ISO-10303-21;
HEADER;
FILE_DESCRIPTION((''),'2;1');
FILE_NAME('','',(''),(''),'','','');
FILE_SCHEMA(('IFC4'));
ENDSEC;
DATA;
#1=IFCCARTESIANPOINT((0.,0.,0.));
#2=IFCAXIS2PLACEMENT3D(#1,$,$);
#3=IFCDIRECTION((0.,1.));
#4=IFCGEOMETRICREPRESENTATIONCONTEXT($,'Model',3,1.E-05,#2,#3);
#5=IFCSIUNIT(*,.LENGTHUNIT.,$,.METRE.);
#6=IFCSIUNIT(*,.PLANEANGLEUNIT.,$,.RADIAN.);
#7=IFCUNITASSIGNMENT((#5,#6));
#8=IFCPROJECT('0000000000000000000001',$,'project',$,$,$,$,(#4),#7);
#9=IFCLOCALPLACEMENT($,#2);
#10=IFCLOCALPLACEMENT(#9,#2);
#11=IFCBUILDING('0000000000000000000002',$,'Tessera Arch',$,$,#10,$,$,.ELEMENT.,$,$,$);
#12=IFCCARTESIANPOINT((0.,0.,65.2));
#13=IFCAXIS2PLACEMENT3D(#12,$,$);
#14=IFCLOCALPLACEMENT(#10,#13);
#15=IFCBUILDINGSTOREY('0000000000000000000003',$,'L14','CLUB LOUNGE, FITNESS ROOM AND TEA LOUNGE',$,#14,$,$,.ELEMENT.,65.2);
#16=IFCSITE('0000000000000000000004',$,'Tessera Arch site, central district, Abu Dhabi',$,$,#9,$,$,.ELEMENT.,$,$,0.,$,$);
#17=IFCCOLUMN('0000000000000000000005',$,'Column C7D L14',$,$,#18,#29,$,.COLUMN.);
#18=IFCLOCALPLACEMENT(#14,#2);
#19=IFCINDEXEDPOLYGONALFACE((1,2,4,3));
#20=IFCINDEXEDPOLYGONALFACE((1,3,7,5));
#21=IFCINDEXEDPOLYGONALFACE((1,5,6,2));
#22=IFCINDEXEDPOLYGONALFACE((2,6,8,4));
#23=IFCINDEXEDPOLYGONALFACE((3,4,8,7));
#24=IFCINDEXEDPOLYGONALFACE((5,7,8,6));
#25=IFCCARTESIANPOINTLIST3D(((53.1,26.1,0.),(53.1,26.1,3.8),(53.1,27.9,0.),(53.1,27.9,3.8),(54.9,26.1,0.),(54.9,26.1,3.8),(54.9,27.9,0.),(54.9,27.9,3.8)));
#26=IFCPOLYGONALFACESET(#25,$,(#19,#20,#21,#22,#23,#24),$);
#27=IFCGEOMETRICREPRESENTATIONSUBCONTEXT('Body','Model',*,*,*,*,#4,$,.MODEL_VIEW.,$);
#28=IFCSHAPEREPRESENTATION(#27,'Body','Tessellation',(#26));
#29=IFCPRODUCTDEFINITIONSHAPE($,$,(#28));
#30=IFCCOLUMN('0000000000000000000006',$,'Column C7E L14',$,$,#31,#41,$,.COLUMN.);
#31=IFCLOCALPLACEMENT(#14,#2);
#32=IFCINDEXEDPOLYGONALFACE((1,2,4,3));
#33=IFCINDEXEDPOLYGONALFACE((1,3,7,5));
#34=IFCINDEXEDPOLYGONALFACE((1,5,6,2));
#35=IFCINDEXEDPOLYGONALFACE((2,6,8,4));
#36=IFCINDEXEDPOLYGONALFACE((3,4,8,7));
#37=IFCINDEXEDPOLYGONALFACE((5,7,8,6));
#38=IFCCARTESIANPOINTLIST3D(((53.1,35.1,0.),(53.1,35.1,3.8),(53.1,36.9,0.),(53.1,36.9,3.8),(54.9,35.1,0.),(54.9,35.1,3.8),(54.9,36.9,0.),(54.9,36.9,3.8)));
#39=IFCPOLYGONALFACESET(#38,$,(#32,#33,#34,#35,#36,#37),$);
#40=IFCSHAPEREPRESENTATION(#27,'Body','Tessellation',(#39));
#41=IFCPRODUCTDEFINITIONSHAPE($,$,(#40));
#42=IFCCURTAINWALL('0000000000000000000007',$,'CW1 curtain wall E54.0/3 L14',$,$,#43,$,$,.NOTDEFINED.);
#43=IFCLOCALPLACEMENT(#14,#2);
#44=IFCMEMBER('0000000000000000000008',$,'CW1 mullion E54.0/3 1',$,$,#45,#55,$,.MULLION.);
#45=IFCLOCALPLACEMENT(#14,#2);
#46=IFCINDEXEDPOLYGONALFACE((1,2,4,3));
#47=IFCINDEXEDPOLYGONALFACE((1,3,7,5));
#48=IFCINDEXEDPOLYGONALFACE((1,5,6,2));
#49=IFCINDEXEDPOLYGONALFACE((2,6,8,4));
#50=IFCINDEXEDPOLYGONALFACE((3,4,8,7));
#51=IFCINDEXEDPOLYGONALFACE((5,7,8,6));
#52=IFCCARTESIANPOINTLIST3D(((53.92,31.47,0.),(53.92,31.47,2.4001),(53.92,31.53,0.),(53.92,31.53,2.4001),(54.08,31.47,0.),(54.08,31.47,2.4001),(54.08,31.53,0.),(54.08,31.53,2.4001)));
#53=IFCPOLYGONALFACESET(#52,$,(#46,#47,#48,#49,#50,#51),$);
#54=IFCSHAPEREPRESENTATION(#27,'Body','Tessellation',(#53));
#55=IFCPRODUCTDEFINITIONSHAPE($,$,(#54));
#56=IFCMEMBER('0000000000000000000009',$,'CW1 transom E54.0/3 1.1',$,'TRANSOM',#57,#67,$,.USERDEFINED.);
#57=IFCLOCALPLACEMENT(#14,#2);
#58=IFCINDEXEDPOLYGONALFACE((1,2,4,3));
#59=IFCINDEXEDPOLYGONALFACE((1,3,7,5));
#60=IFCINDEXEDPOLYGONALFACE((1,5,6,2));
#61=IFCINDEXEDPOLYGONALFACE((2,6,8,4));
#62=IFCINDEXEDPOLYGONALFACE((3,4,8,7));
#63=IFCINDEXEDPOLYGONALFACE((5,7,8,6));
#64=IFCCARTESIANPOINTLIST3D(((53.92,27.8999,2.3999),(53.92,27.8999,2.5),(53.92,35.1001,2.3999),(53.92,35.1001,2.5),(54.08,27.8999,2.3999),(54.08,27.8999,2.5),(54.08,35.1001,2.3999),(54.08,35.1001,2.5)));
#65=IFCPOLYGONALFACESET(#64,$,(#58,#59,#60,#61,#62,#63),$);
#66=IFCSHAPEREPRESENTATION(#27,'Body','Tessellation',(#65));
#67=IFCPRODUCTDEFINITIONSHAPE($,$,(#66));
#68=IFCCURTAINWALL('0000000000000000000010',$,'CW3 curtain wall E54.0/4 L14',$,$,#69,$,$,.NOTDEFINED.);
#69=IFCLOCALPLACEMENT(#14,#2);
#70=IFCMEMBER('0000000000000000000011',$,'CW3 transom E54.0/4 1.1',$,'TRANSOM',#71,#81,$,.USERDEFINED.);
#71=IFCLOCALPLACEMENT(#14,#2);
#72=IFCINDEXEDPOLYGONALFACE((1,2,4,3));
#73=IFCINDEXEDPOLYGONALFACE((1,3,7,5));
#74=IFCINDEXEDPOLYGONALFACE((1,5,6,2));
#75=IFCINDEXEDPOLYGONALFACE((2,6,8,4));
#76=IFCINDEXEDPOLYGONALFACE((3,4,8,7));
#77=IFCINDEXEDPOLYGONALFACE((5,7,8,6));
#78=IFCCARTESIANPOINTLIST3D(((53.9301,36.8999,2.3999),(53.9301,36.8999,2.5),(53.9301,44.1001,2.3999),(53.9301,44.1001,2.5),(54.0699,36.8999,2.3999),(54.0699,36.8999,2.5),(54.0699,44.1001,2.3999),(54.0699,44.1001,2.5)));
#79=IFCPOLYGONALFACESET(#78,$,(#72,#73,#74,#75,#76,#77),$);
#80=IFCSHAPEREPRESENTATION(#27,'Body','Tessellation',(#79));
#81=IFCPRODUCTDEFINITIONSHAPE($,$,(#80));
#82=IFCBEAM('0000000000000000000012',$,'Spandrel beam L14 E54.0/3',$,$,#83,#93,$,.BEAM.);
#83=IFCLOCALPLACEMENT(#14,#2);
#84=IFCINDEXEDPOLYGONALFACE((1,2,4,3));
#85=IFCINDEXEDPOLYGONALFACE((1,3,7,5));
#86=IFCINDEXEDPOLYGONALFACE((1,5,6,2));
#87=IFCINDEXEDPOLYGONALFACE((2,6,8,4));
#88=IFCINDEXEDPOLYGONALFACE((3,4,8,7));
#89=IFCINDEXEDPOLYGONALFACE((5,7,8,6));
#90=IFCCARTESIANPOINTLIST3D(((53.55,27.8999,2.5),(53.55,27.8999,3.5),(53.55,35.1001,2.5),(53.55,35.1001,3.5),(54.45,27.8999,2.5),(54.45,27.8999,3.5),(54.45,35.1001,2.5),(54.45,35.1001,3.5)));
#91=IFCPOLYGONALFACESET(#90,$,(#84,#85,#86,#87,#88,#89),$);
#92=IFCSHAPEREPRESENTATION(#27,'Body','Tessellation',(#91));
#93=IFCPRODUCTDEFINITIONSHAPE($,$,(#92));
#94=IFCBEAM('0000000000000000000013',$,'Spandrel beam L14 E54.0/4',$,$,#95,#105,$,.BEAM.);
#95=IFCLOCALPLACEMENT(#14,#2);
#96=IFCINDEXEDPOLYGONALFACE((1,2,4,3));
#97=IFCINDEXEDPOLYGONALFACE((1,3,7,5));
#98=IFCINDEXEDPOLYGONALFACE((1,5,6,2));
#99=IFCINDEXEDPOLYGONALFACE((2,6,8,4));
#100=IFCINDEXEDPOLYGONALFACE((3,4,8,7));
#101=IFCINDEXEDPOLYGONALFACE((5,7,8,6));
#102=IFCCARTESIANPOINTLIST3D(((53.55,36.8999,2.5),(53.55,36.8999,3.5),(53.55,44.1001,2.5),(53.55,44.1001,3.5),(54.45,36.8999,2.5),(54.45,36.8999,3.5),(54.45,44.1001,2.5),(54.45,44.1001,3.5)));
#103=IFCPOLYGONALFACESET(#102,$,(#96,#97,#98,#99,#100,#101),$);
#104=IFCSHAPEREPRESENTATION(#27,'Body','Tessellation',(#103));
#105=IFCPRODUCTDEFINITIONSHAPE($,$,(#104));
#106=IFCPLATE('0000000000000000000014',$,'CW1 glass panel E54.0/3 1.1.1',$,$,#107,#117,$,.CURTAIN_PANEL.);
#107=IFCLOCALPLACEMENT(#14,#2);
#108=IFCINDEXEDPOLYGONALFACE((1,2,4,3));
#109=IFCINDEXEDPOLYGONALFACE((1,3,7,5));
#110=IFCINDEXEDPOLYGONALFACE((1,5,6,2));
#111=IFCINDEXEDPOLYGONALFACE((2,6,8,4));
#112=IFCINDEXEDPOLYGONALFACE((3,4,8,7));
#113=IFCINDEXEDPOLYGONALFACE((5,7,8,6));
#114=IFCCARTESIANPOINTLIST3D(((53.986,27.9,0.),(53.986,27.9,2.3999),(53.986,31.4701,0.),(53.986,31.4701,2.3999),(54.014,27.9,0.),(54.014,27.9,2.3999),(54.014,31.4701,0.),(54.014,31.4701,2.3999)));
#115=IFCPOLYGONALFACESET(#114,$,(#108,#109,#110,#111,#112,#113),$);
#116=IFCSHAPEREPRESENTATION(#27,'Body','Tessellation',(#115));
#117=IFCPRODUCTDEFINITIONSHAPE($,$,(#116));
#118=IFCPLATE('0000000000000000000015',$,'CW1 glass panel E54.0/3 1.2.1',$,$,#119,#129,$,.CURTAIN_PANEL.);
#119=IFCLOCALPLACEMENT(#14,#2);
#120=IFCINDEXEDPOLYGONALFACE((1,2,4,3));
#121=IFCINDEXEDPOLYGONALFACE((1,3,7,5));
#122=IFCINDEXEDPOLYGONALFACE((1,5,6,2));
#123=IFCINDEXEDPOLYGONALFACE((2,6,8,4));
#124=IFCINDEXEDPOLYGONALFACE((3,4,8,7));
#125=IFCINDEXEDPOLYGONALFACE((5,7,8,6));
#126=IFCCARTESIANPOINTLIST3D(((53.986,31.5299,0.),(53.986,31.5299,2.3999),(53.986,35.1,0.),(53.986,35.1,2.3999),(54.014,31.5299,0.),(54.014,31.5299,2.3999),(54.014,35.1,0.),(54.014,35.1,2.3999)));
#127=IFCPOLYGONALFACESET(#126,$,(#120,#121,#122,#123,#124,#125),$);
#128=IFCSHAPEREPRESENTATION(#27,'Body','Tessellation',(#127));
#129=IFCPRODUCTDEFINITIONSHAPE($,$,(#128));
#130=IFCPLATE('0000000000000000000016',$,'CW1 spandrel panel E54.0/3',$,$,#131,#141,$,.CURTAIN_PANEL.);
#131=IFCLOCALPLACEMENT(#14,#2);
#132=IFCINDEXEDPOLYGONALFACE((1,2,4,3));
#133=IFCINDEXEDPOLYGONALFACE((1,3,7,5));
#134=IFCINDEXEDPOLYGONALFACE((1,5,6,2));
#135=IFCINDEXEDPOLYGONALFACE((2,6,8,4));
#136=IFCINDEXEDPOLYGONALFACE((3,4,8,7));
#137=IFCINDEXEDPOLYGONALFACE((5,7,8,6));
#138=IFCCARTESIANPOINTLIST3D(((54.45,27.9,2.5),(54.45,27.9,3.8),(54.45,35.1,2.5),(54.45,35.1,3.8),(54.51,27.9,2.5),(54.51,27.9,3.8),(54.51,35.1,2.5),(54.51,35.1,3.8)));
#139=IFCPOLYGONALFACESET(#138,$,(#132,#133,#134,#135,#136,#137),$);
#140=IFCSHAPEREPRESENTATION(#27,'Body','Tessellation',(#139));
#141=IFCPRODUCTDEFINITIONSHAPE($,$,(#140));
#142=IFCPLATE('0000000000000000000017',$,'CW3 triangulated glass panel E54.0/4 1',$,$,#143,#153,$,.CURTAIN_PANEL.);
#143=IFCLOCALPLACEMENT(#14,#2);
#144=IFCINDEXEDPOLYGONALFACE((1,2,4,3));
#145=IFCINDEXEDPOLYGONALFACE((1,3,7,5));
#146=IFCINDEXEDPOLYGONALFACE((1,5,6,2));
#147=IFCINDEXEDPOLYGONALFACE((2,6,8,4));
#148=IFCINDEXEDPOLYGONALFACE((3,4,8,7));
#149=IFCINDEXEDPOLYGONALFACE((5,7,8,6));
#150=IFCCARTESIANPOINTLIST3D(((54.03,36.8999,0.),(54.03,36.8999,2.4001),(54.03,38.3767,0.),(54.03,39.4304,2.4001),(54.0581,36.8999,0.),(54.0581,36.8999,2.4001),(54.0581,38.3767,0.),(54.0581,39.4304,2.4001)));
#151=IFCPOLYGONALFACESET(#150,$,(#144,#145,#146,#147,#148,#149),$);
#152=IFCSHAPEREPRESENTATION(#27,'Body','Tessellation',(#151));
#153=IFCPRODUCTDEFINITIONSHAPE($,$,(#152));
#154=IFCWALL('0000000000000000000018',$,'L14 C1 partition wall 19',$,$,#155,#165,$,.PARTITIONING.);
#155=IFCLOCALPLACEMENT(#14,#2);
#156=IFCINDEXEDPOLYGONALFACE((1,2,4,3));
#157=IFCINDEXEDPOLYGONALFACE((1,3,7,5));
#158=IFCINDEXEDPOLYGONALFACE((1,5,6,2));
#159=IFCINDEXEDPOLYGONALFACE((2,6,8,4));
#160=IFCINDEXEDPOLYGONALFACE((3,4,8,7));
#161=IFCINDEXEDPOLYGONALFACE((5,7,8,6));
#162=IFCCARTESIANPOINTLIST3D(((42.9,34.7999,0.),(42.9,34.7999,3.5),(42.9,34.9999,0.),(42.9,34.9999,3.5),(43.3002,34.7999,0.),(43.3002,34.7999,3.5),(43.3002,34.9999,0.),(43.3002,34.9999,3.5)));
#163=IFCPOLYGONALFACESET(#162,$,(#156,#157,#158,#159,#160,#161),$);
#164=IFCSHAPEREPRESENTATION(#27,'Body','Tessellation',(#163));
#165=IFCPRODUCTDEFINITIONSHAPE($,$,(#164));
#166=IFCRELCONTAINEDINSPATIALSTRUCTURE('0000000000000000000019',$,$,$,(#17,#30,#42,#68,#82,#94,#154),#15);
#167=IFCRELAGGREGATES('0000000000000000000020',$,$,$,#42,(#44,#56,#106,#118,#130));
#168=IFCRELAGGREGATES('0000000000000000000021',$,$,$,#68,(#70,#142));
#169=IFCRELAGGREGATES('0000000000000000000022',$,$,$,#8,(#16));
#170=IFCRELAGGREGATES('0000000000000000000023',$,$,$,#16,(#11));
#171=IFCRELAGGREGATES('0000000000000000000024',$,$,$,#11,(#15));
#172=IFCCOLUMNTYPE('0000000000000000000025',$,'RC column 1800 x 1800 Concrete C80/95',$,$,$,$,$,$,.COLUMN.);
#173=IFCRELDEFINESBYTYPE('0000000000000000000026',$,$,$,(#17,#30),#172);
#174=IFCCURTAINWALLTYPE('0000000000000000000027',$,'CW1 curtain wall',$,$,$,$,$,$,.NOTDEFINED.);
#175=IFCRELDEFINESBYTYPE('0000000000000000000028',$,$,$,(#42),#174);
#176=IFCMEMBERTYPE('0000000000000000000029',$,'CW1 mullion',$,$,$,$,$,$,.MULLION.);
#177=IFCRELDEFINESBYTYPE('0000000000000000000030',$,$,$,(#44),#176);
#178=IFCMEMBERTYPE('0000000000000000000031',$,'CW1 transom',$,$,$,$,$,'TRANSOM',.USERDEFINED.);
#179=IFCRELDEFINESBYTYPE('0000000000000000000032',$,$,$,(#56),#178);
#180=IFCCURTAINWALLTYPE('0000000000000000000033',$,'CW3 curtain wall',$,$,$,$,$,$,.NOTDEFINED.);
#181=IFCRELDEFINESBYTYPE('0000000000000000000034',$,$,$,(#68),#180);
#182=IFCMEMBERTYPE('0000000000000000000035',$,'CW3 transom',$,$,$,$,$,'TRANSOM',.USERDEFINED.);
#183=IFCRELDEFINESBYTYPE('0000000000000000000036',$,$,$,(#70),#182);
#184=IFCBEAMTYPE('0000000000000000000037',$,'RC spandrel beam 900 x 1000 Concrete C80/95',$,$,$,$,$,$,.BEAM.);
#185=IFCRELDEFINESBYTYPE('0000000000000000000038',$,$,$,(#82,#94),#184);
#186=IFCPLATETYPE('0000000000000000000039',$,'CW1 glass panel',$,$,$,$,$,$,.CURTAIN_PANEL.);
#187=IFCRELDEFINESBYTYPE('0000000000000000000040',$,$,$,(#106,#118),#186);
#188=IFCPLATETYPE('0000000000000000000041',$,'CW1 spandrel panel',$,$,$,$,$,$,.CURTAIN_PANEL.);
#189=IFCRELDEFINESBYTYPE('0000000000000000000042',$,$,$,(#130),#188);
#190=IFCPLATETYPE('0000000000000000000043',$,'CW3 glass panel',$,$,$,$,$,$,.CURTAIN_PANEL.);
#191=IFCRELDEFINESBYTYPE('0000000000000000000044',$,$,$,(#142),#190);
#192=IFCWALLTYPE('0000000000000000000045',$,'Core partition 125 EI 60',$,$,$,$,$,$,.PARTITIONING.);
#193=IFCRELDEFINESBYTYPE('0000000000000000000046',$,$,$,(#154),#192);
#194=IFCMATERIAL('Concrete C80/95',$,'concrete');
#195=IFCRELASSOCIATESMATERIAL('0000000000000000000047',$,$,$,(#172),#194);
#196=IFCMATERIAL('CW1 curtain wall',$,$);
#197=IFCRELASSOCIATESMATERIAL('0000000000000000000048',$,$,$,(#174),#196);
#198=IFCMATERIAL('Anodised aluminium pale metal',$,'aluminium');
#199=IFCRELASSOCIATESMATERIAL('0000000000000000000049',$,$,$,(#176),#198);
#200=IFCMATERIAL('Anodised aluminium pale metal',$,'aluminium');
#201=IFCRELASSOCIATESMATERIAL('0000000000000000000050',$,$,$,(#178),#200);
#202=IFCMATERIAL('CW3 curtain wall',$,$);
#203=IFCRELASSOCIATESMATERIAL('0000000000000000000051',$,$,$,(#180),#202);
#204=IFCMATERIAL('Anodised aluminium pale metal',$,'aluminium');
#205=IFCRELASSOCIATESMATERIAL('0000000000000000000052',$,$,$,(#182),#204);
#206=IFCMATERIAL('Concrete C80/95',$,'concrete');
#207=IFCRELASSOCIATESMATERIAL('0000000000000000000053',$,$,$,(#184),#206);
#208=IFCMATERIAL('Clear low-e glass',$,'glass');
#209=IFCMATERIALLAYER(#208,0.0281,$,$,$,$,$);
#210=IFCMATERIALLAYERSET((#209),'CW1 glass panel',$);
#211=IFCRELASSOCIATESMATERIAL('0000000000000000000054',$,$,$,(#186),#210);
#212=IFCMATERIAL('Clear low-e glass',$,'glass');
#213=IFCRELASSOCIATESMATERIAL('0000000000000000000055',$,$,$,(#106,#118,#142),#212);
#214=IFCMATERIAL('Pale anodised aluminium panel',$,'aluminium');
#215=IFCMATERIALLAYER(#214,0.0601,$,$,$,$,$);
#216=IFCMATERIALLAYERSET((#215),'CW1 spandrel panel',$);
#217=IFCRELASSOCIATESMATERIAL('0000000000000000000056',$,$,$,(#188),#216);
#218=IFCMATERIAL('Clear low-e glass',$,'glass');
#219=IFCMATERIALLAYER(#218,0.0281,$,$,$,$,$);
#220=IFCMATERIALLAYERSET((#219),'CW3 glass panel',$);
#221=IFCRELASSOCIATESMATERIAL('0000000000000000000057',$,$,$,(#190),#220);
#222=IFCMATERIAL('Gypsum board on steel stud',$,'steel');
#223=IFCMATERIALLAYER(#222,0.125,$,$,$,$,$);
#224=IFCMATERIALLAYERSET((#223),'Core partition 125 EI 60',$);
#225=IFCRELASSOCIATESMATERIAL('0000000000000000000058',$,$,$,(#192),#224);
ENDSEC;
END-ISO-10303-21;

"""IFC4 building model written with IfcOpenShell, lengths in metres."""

from ifc_helpers import new_model, si_unit, direction, frame, frame_2d, origin, origin_2d, place, context, subcontext, project, spatial, polyline, rectangle, outline, extrude, material, layer, layer_set, material_profile, profile_set, type_object, element, aggregate, save


model = new_model("IFC4")

# Units and contexts
model_context = context("Model", 3, precision=1e-05, world=origin(), true_north=direction((0.0, 1.0)))
body_context = subcontext(model_context, "Body", "Model", "MODEL_VIEW")
ifc_project = project(units=[si_unit("LENGTHUNIT", "METRE"), si_unit("PLANEANGLEUNIT", "RADIAN")], contexts=[model_context])

# Site, building, storey
site_placement = place(None, origin())
site = spatial("IfcSite", under=ifc_project, at=site_placement, Name="Tessera Arch site, central district, Abu Dhabi", CompositionType="ELEMENT", RefElevation=0.0)
building_placement = place(site_placement, origin())
building = spatial("IfcBuilding", under=site, at=building_placement, Name="Tessera Arch", CompositionType="ELEMENT")
storey_placement = place(building_placement, frame((0.0, 0.0, 65.2)))
storey = spatial("IfcBuildingStorey", under=building, at=storey_placement, Name="L14", Description="CLUB LOUNGE, FITNESS ROOM AND TEA LOUNGE", CompositionType="ELEMENT", Elevation=65.2)

# Columns
ifc_material_1 = material(Name="Concrete C80/95", Category="concrete")
ifc_material_profile_1 = material_profile(ifc_material_1, rectangle(XDim=1.8, YDim=1.8, at=origin_2d()), Name="RC column 1800 x 1800 Concrete C80/95")
ifc_profile_set_1 = profile_set([ifc_material_profile_1], Name="Concrete C80/95")
column_type = type_object("IfcColumnType", Name="RC column 1800 x 1800 Concrete C80/95", PredefinedType="COLUMN", material=ifc_profile_set_1)
for number, where, z_axis, x_axis, name in (
    (1, (54.0, 27.0, 0.0), (0.0, 0.0, 1.0), (1.0, 0.0, 0.0), "Column C7D L14"),
    (2, (54.0, 36.0, 0.0), (0.0, 0.0, 1.0), (1.0, 0.0, 0.0), "Column C7E L14"),
):
    element("IfcColumn", number, at=place(storey_placement, frame(where, z_axis=z_axis, x_axis=x_axis)), inside=storey, type_object=column_type, Name=name, PredefinedType="COLUMN", context=body_context, shape_type="SweptSolid", body=[
        extrude(rectangle(XDim=1.8, YDim=1.8, at=origin_2d()), origin(), (0.0, 0.0, 1.0), 3.8),
    ])

# Curtain wall, members
ifc_material_2 = material(Name="CW1 curtain wall")
curtain_wall_type_1 = type_object("IfcCurtainWallType", Name="CW1 curtain wall", PredefinedType="NOTDEFINED", material=ifc_material_2)
curtain_wall_1_placement = place(storey_placement, origin())
curtain_wall_1 = element("IfcCurtainWall", 3, at=curtain_wall_1_placement, inside=storey, type_object=curtain_wall_type_1, Name="CW1 curtain wall E54.0/3 L14", PredefinedType="NOTDEFINED")
ifc_material_3 = material(Name="Anodised aluminium pale metal", Category="aluminium")
ifc_material_profile_2 = material_profile(ifc_material_3, rectangle(XDim=0.1599, YDim=0.0601, at=origin_2d()), Name="AL 60x160")
ifc_profile_set_2 = profile_set([ifc_material_profile_2], Name="Anodised aluminium pale metal")
member_type_1 = type_object("IfcMemberType", Name="CW1 mullion", PredefinedType="MULLION", material=ifc_profile_set_2)
member_1_placement = place(storey_placement, frame((54.0, 31.5, 0.0), z_axis=(0.0, 0.0, 1.0), x_axis=(-1.0, 0.0, 0.0)))
member_1 = element("IfcMember", 4, at=member_1_placement, type_object=member_type_1, Name="CW1 mullion E54.0/3 1", PredefinedType="MULLION", context=body_context, shape_type="SweptSolid", body=[
    extrude(rectangle(XDim=0.1599, YDim=0.0601, at=origin_2d()), origin(), (0.0, 0.0, 1.0), 2.4001),
])
ifc_material_4 = material(Name="Anodised aluminium pale metal", Category="aluminium")
ifc_material_profile_3 = material_profile(ifc_material_4, rectangle(XDim=0.1599, YDim=0.1001, at=origin_2d()), Name="AL 160x100")
ifc_profile_set_3 = profile_set([ifc_material_profile_3], Name="Anodised aluminium pale metal")
member_type_2 = type_object("IfcMemberType", Name="CW1 transom", ElementType="TRANSOM", PredefinedType="USERDEFINED", material=ifc_profile_set_3)
member_2_placement = place(storey_placement, frame((54.0, 27.8999, 2.45), z_axis=(0.0, 1.0, 0.0), x_axis=(-1.0, 0.0, 0.0)))
member_2 = element("IfcMember", 5, at=member_2_placement, type_object=member_type_2, Name="CW1 transom E54.0/3 1.1", ObjectType="TRANSOM", PredefinedType="USERDEFINED", context=body_context, shape_type="SweptSolid", body=[
    extrude(rectangle(XDim=0.1599, YDim=0.1001, at=origin_2d()), origin(), (0.0, 0.0, 1.0), 7.2002),
])

# Curtain wall, member
ifc_material_5 = material(Name="CW3 curtain wall")
curtain_wall_type_2 = type_object("IfcCurtainWallType", Name="CW3 curtain wall", PredefinedType="NOTDEFINED", material=ifc_material_5)
curtain_wall_2_placement = place(storey_placement, origin())
curtain_wall_2 = element("IfcCurtainWall", 6, at=curtain_wall_2_placement, inside=storey, type_object=curtain_wall_type_2, Name="CW3 curtain wall E54.0/4 L14", PredefinedType="NOTDEFINED")
ifc_material_6 = material(Name="Anodised aluminium pale metal", Category="aluminium")
ifc_material_profile_4 = material_profile(ifc_material_6, rectangle(XDim=0.1399, YDim=0.1001, at=origin_2d()), Name="AL 140x100")
ifc_profile_set_4 = profile_set([ifc_material_profile_4], Name="Anodised aluminium pale metal")
member_type_3 = type_object("IfcMemberType", Name="CW3 transom", ElementType="TRANSOM", PredefinedType="USERDEFINED", material=ifc_profile_set_4)
member_3_placement = place(storey_placement, frame((54.0, 36.8999, 2.45), z_axis=(0.0, 1.0, 0.0), x_axis=(-1.0, 0.0, 0.0)))
member_3 = element("IfcMember", 7, at=member_3_placement, type_object=member_type_3, Name="CW3 transom E54.0/4 1.1", ObjectType="TRANSOM", PredefinedType="USERDEFINED", context=body_context, shape_type="SweptSolid", body=[
    extrude(rectangle(XDim=0.1399, YDim=0.1001, at=origin_2d()), origin(), (0.0, 0.0, 1.0), 7.2002),
])

# Beams
ifc_material_7 = material(Name="Concrete C80/95", Category="concrete")
ifc_material_profile_5 = material_profile(ifc_material_7, rectangle(XDim=0.8999, YDim=1.0, at=origin_2d()), Name="RC spandrel beam 900 x 1000 Concrete C80/95")
ifc_profile_set_5 = profile_set([ifc_material_profile_5], Name="Concrete C80/95")
beam_type = type_object("IfcBeamType", Name="RC spandrel beam 900 x 1000 Concrete C80/95", PredefinedType="BEAM", material=ifc_profile_set_5)
for number, where, z_axis, x_axis, name in (
    (8, (54.0, 27.8999, 3.0), (0.0, 1.0, 0.0), (-1.0, 0.0, 0.0), "Spandrel beam L14 E54.0/3"),
    (9, (54.0, 36.8999, 3.0), (0.0, 1.0, 0.0), (-1.0, 0.0, 0.0), "Spandrel beam L14 E54.0/4"),
):
    element("IfcBeam", number, at=place(storey_placement, frame(where, z_axis=z_axis, x_axis=x_axis)), inside=storey, type_object=beam_type, Name=name, PredefinedType="BEAM", context=body_context, shape_type="SweptSolid", body=[
        extrude(rectangle(XDim=0.8999, YDim=1.0, at=origin_2d()), origin(), (0.0, 0.0, 1.0), 7.2002),
    ])

# Plates
ifc_material_8 = material(Name="Clear low-e glass", Category="glass")
ifc_material_9 = material(Name="Clear low-e glass", Category="glass")
ifc_layer_1 = layer(ifc_material_9, 0.0281)
ifc_layer_set_1 = layer_set([ifc_layer_1], Name="CW1 glass panel")
plate_type_1 = type_object("IfcPlateType", Name="CW1 glass panel", PredefinedType="CURTAIN_PANEL", material=ifc_layer_set_1)
plate_1_placement = place(storey_placement, frame((54.0, 29.6851, 0.0), z_axis=(0.0, 0.0, 1.0), x_axis=(0.0, 1.0, 0.0)))
plate_1 = element("IfcPlate", 10, at=plate_1_placement, type_object=plate_type_1, material=ifc_material_8, Name="CW1 glass panel E54.0/3 1.1.1", PredefinedType="CURTAIN_PANEL", context=body_context, shape_type="SweptSolid", body=[
    extrude(rectangle(XDim=3.5701, YDim=0.0281, at=origin_2d()), origin(), (0.0, 0.0, 1.0), 2.3999),
])
plate_2_placement = place(storey_placement, frame((54.0, 33.3149, 0.0), z_axis=(0.0, 0.0, 1.0), x_axis=(0.0, 1.0, 0.0)))
plate_2 = element("IfcPlate", 11, at=plate_2_placement, type_object=plate_type_1, material=ifc_material_8, Name="CW1 glass panel E54.0/3 1.2.1", PredefinedType="CURTAIN_PANEL", context=body_context, shape_type="SweptSolid", body=[
    extrude(rectangle(XDim=3.5701, YDim=0.0281, at=origin_2d()), origin(), (0.0, 0.0, 1.0), 2.3999),
])
ifc_material_10 = material(Name="Pale anodised aluminium panel", Category="aluminium")
ifc_layer_2 = layer(ifc_material_10, 0.0601)
ifc_layer_set_2 = layer_set([ifc_layer_2], Name="CW1 spandrel panel")
plate_type_2 = type_object("IfcPlateType", Name="CW1 spandrel panel", PredefinedType="CURTAIN_PANEL", material=ifc_layer_set_2)
plate_3_placement = place(storey_placement, frame((54.48, 31.5, 2.5), z_axis=(0.0, 0.0, 1.0), x_axis=(0.0, 1.0, 0.0)))
plate_3 = element("IfcPlate", 12, at=plate_3_placement, type_object=plate_type_2, Name="CW1 spandrel panel E54.0/3", PredefinedType="CURTAIN_PANEL", context=body_context, shape_type="SweptSolid", body=[
    extrude(rectangle(XDim=7.2, YDim=0.0601, at=origin_2d()), origin(), (0.0, 0.0, 1.0), 1.3),
])
aggregate(curtain_wall_1, [member_1, member_2, plate_1, plate_2, plate_3])
ifc_material_11 = material(Name="Clear low-e glass", Category="glass")
ifc_layer_3 = layer(ifc_material_11, 0.0281)
ifc_layer_set_3 = layer_set([ifc_layer_3], Name="CW3 glass panel")
plate_type_3 = type_object("IfcPlateType", Name="CW3 glass panel", PredefinedType="CURTAIN_PANEL", material=ifc_layer_set_3)
plate_4_placement = place(storey_placement, frame((54.0581, 36.8999, 0.0), z_axis=(1.0, 0.0, 0.0), x_axis=(0.0, 1.0, 0.0)))
plate_4 = element("IfcPlate", 13, at=plate_4_placement, type_object=plate_type_3, material=ifc_material_8, Name="CW3 triangulated glass panel E54.0/4 1", PredefinedType="CURTAIN_PANEL", context=body_context, shape_type="SweptSolid", body=[
    extrude(outline(polyline([(0.0, 0.0), (1.4768, 0.0), (2.5305, 2.4001), (0.0, 2.4001), (0.0, 0.0)])), origin(), (0.0, 0.0, -1.0), 0.0281),
])
aggregate(curtain_wall_2, [member_3, plate_4])

# Wall
ifc_material_12 = material(Name="Gypsum board on steel stud", Category="steel")
ifc_layer_4 = layer(ifc_material_12, 0.125)
ifc_layer_set_4 = layer_set([ifc_layer_4], Name="Core partition 125 EI 60")
wall_type_1 = type_object("IfcWallType", Name="Core partition 125 EI 60", PredefinedType="PARTITIONING", material=ifc_layer_set_4)
wall_1_placement = place(storey_placement, frame((42.8999, 34.8999, 0.0), z_axis=(0.0, 0.0, 1.0), x_axis=(1.0, 0.0, 0.0)))
element("IfcWall", 14, at=wall_1_placement, inside=storey, type_object=wall_type_1, Name="L14 C1 partition wall 19", PredefinedType="PARTITIONING", context=body_context, shape_type="SweptSolid", body=[
    extrude(rectangle(XDim=0.4001, YDim=0.2, at=frame_2d((0.2002, 0.0))), origin(), (0.0, 0.0, 1.0), 3.5),
])

save(model, "model.ifc")
